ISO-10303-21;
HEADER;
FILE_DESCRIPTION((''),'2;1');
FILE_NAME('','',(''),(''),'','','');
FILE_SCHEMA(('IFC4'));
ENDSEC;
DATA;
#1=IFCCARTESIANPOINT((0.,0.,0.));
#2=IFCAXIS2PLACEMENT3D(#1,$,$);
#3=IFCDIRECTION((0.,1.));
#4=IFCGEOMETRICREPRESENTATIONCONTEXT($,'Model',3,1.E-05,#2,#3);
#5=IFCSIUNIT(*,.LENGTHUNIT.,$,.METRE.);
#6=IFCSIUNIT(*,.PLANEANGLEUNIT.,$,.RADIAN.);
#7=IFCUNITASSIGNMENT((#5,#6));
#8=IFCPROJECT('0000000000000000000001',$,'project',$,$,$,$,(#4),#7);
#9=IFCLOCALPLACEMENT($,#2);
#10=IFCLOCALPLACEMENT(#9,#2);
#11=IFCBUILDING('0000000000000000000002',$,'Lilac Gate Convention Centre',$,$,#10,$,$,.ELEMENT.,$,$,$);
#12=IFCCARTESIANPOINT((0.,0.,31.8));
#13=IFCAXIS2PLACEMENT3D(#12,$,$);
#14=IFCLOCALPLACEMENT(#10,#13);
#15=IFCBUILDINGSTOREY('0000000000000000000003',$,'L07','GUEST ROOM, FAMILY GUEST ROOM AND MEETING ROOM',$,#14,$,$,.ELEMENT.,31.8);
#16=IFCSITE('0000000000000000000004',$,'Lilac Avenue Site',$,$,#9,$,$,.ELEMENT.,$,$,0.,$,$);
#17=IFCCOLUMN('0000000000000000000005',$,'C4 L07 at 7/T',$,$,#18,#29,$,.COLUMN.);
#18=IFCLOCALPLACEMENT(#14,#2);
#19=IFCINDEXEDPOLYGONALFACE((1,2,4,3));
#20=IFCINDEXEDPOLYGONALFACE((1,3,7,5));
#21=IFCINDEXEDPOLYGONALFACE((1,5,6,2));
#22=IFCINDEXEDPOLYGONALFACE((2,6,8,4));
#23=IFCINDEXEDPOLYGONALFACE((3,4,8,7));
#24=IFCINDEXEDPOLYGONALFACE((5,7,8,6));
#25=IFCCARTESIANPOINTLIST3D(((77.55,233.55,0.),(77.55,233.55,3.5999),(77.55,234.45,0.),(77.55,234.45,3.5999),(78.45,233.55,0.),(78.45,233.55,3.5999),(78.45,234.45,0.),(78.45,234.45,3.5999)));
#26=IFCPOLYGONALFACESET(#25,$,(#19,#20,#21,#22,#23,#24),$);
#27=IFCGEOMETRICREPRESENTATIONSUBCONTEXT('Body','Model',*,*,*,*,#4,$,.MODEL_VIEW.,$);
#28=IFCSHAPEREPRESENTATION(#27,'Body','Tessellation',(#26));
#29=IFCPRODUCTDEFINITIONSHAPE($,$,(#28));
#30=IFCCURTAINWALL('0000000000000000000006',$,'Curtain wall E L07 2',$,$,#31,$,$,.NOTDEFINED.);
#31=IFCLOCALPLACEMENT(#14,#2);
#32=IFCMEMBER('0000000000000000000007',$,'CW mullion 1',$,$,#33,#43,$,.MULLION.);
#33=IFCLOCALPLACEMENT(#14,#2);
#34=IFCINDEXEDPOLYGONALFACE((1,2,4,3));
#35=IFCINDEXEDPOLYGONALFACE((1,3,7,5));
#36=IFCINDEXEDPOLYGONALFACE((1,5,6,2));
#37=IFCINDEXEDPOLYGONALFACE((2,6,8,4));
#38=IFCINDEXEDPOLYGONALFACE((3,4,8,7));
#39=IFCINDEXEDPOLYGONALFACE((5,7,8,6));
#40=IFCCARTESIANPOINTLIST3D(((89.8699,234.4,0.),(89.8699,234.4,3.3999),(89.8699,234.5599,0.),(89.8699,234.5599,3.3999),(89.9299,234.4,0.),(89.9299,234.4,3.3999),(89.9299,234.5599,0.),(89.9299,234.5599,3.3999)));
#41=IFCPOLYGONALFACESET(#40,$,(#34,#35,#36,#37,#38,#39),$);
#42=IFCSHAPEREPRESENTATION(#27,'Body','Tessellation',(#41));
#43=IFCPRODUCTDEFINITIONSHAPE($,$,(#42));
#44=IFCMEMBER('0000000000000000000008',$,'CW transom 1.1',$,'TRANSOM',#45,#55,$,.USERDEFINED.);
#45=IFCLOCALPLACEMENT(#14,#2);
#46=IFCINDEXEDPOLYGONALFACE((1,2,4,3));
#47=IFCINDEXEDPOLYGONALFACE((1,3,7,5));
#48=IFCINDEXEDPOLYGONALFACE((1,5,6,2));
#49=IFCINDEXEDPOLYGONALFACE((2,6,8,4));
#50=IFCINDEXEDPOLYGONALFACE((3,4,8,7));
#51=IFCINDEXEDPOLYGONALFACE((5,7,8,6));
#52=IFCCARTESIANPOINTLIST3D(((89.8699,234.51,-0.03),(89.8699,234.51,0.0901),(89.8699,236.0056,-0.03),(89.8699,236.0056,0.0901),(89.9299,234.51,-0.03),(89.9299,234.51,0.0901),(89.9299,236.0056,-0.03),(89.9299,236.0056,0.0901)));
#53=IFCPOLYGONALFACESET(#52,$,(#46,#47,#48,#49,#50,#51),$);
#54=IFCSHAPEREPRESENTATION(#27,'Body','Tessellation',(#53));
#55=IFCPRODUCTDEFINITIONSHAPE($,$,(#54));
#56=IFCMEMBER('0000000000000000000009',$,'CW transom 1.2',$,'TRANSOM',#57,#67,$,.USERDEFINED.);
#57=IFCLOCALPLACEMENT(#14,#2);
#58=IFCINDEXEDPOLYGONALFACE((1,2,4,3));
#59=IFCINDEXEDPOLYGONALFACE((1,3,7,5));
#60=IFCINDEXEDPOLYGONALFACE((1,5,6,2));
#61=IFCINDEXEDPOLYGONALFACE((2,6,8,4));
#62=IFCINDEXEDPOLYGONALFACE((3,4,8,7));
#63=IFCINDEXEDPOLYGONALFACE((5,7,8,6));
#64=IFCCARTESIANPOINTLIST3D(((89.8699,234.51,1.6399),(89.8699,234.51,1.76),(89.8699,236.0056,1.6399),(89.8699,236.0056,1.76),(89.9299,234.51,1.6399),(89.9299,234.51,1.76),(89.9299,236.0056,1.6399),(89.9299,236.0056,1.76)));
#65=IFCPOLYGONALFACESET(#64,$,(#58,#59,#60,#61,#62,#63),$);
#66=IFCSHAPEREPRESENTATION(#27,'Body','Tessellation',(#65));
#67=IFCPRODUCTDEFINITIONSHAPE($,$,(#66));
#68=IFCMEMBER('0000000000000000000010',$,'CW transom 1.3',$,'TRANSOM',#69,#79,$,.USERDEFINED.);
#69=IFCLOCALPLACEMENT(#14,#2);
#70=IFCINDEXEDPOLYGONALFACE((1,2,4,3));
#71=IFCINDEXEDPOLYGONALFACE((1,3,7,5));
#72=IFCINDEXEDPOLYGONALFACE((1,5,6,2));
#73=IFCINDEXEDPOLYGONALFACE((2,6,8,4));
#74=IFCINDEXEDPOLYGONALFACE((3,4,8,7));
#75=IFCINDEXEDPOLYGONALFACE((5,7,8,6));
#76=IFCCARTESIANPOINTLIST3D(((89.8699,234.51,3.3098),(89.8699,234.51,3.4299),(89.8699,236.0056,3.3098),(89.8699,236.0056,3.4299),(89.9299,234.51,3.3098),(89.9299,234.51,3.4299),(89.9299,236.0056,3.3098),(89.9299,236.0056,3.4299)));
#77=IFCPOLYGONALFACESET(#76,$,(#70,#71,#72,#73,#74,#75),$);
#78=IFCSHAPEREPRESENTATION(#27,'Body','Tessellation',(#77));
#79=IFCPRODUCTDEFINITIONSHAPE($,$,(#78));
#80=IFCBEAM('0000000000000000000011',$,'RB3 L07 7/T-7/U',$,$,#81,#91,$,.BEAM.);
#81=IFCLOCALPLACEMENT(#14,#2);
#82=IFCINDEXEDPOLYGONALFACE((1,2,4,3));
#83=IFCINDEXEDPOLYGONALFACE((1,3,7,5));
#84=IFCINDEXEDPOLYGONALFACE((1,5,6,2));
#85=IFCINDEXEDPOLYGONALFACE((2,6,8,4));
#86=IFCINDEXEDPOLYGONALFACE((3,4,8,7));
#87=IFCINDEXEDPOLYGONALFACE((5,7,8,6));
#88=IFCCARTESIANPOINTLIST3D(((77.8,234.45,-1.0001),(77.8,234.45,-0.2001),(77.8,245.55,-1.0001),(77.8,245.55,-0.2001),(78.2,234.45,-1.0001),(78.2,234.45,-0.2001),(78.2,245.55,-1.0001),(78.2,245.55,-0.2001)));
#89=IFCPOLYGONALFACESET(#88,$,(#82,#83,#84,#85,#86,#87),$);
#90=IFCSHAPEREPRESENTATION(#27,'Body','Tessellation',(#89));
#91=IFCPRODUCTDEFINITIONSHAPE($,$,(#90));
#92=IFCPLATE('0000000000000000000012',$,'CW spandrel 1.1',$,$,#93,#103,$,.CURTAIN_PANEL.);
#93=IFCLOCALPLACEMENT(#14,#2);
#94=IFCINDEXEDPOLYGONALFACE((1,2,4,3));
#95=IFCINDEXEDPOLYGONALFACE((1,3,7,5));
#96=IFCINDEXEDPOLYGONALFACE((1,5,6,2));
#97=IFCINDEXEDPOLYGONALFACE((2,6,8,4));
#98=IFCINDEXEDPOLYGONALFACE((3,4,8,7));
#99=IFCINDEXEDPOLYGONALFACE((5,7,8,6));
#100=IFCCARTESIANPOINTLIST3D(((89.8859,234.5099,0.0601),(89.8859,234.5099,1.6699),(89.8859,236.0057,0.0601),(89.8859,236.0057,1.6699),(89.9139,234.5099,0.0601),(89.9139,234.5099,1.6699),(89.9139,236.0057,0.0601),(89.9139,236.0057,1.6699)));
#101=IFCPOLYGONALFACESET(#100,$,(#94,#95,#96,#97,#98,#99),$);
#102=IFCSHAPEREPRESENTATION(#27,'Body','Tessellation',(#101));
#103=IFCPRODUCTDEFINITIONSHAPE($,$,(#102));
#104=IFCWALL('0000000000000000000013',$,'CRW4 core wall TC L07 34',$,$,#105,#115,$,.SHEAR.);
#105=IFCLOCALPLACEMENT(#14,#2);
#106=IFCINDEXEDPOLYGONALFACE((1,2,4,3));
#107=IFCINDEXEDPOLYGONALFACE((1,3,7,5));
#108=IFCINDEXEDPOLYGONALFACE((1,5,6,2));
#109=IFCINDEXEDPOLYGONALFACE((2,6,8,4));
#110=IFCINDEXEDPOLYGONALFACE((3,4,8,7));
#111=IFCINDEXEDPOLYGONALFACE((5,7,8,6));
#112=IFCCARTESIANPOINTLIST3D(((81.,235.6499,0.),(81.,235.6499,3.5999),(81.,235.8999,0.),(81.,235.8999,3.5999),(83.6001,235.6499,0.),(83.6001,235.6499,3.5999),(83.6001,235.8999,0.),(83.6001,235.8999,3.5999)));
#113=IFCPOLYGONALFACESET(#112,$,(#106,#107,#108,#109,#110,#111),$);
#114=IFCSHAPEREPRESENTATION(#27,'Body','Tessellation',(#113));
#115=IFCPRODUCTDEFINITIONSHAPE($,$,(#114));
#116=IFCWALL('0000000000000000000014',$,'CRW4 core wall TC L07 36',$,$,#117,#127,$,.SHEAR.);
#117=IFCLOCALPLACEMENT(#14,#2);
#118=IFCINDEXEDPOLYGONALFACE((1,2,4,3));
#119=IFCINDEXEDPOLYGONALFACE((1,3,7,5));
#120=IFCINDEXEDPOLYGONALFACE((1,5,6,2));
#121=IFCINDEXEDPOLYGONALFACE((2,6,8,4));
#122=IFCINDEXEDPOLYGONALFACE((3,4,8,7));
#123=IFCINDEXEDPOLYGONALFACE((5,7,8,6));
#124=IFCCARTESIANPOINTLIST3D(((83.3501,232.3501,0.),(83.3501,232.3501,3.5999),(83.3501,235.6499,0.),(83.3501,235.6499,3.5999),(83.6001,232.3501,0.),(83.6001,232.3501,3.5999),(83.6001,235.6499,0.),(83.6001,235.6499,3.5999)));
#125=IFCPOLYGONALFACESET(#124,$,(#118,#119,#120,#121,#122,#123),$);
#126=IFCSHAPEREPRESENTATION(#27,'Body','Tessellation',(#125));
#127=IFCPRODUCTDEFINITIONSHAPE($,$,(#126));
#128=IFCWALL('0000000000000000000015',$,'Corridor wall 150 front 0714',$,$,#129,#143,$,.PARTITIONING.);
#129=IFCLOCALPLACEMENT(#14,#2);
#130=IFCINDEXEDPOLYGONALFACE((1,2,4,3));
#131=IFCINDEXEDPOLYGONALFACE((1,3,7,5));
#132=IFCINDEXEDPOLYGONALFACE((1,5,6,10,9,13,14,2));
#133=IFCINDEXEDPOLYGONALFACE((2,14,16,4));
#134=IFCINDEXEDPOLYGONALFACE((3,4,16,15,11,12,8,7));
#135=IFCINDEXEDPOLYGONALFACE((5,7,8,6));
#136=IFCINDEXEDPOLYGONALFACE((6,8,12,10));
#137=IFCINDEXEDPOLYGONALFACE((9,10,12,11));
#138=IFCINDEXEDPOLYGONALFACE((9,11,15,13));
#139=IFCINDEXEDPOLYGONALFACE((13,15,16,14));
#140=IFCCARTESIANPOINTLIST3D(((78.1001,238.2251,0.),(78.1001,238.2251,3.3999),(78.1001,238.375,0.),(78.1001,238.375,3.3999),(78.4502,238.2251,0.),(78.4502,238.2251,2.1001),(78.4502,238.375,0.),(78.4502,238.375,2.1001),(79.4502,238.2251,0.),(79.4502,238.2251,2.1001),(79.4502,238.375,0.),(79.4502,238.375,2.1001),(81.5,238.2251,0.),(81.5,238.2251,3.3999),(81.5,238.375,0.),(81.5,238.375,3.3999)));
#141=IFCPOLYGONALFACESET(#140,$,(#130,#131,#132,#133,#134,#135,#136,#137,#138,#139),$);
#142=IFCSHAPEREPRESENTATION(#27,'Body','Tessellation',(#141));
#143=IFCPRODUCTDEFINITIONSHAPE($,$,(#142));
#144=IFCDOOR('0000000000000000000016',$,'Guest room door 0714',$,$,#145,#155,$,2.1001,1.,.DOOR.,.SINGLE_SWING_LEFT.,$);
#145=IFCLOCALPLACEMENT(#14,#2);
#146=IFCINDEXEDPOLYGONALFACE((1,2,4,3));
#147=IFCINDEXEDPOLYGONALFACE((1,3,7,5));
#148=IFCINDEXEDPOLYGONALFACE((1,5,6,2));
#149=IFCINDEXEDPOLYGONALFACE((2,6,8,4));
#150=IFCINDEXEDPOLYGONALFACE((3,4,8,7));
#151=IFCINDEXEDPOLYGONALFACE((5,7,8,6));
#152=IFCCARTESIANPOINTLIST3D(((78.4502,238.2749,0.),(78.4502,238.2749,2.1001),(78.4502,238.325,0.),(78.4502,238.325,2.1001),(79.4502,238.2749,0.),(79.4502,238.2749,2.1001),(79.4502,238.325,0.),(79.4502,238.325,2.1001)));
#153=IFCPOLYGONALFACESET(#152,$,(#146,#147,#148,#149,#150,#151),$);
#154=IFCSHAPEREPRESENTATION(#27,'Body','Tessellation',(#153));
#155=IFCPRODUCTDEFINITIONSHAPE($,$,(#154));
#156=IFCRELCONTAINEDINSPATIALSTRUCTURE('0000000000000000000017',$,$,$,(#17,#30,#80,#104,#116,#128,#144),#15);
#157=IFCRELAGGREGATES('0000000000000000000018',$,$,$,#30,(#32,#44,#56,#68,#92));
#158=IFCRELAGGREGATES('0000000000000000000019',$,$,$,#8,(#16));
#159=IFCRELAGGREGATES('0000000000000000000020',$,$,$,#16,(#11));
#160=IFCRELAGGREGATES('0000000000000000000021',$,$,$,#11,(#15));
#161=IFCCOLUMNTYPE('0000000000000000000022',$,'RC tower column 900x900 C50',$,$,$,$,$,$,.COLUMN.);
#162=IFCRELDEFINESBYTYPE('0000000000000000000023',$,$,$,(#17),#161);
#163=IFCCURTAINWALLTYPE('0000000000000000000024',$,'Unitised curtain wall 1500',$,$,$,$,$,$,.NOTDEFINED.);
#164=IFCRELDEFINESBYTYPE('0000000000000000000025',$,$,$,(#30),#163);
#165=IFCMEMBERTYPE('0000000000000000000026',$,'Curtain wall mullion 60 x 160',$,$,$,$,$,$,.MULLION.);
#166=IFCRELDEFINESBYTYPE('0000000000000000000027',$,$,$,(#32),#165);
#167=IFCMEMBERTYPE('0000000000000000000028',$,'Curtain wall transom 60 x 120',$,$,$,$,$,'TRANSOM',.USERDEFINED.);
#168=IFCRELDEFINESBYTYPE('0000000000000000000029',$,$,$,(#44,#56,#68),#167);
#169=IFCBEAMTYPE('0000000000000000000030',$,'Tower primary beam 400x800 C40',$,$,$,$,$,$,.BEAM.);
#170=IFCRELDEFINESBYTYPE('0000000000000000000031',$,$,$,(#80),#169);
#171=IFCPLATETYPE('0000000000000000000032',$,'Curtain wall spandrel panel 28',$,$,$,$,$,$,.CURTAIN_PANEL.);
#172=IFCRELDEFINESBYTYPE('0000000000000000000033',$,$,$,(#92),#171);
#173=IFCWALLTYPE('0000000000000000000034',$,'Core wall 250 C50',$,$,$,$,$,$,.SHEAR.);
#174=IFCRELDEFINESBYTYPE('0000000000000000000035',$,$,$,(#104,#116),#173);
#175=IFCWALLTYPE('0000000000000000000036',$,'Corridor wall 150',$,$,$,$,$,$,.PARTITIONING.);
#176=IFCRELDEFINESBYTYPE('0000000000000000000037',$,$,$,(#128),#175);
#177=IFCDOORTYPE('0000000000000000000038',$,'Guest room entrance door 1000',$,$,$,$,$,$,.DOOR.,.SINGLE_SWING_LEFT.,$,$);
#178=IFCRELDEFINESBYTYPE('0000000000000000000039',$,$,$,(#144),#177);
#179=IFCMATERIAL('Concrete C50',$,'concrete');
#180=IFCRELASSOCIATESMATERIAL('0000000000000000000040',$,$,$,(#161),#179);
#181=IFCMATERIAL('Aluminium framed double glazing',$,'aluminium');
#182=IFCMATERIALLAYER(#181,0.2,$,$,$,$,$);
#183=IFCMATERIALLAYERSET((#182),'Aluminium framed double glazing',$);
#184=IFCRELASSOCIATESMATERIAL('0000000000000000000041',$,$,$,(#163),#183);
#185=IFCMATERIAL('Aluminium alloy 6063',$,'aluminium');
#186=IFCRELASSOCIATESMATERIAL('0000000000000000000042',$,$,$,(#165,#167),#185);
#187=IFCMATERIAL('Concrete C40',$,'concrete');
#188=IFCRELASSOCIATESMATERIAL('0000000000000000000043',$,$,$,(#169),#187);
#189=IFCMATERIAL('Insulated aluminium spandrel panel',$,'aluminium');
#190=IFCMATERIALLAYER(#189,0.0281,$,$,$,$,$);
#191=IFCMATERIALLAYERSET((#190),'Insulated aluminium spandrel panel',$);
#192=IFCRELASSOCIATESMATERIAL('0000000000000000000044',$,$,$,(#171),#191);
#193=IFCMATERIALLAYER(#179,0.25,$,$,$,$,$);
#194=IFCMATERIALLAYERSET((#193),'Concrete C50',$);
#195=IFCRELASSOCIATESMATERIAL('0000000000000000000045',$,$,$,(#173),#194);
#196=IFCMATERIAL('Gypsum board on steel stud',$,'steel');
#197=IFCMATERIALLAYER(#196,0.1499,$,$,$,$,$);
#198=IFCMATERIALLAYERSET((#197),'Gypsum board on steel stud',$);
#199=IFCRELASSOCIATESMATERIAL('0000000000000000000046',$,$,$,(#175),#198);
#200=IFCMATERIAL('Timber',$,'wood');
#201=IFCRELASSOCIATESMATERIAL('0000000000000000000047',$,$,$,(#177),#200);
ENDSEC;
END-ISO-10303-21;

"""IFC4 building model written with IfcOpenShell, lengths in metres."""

from ifc_helpers import new_model, si_unit, direction, frame, frame_2d, origin, origin_2d, place, context, subcontext, project, spatial, rectangle, extrude, material, layer, layer_set, material_profile, profile_set, type_object, element, fill, aggregate, save


model = new_model("IFC4")

# Units and contexts
model_context = context("Model", 3, precision=1e-05, world=origin(), true_north=direction((0.0, 1.0)))
body_context = subcontext(model_context, "Body", "Model", "MODEL_VIEW")
ifc_project = project(units=[si_unit("LENGTHUNIT", "METRE"), si_unit("PLANEANGLEUNIT", "RADIAN")], contexts=[model_context])

# Site, building, storey
site_placement = place(None, origin())
site = spatial("IfcSite", under=ifc_project, at=site_placement, Name="Lilac Avenue Site", CompositionType="ELEMENT", RefElevation=0.0)
building_placement = place(site_placement, origin())
building = spatial("IfcBuilding", under=site, at=building_placement, Name="Lilac Gate Convention Centre", CompositionType="ELEMENT")
storey_placement = place(building_placement, frame((0.0, 0.0, 31.8)))
storey = spatial("IfcBuildingStorey", under=building, at=storey_placement, Name="L07", Description="GUEST ROOM, FAMILY GUEST ROOM AND MEETING ROOM", CompositionType="ELEMENT", Elevation=31.8)

# Column
ifc_material_1 = material(Name="Concrete C50", Category="concrete")
ifc_material_profile_1 = material_profile(ifc_material_1, rectangle(XDim=0.8999, YDim=0.8999, at=origin_2d()), Name="RC 900x900")
ifc_profile_set_1 = profile_set([ifc_material_profile_1], Name="Concrete C50")
column_type = type_object("IfcColumnType", Name="RC tower column 900x900 C50", PredefinedType="COLUMN", material=ifc_profile_set_1)
column_placement = place(storey_placement, frame((78.0, 234.0, 0.0), z_axis=(0.0, 0.0, 1.0), x_axis=(1.0, 0.0, 0.0)))
element("IfcColumn", 1, at=column_placement, inside=storey, type_object=column_type, Name="C4 L07 at 7/T", PredefinedType="COLUMN", context=body_context, shape_type="SweptSolid", body=[
    extrude(rectangle(XDim=0.8999, YDim=0.8999, at=origin_2d()), origin(), (0.0, 0.0, 1.0), 3.5999),
])

# Curtain wall, members
ifc_material_2 = material(Name="Aluminium framed double glazing", Category="aluminium")
ifc_layer_1 = layer(ifc_material_2, 0.2)
ifc_layer_set_1 = layer_set([ifc_layer_1], Name="Aluminium framed double glazing")
curtain_wall_type = type_object("IfcCurtainWallType", Name="Unitised curtain wall 1500", PredefinedType="NOTDEFINED", material=ifc_layer_set_1)
curtain_wall_placement = place(storey_placement, origin())
curtain_wall = element("IfcCurtainWall", 2, at=curtain_wall_placement, inside=storey, type_object=curtain_wall_type, Name="Curtain wall E L07 2", PredefinedType="NOTDEFINED")
ifc_material_3 = material(Name="Aluminium alloy 6063", Category="aluminium")
ifc_material_profile_2 = material_profile(ifc_material_3, rectangle(XDim=0.0601, YDim=0.1599, at=origin_2d()), Name="Curtain wall mullion 60 x 160")
ifc_profile_set_2 = profile_set([ifc_material_profile_2], Name="Aluminium alloy 6063")
member_type_1 = type_object("IfcMemberType", Name="Curtain wall mullion 60 x 160", PredefinedType="MULLION", material=ifc_profile_set_2)
member_1_placement = place(storey_placement, frame((89.8999, 234.48, 0.0), z_axis=(0.0, 0.0, 1.0), x_axis=(-1.0, 0.0, 0.0)))
member_1 = element("IfcMember", 3, at=member_1_placement, type_object=member_type_1, Name="CW mullion 1", PredefinedType="MULLION", context=body_context, shape_type="SweptSolid", body=[
    extrude(rectangle(XDim=0.0601, YDim=0.1599, at=origin_2d()), origin(), (0.0, 0.0, 1.0), 3.3999),
])
ifc_material_profile_3 = material_profile(ifc_material_3, rectangle(XDim=0.0601, YDim=0.1201, at=origin_2d()), Name="Curtain wall transom 60 x 120")
ifc_profile_set_3 = profile_set([ifc_material_profile_3], Name="Aluminium alloy 6063")
member_type_2 = type_object("IfcMemberType", Name="Curtain wall transom 60 x 120", ElementType="TRANSOM", PredefinedType="USERDEFINED", material=ifc_profile_set_3)
member_2_placement = place(storey_placement, frame((89.8999, 234.51, 0.03), z_axis=(0.0, 1.0, 0.0), x_axis=(-1.0, 0.0, 0.0)))
member_2 = element("IfcMember", 4, at=member_2_placement, type_object=member_type_2, Name="CW transom 1.1", ObjectType="TRANSOM", PredefinedType="USERDEFINED", context=body_context, shape_type="SweptSolid", body=[
    extrude(rectangle(XDim=0.0601, YDim=0.1201, at=origin_2d()), origin(), (0.0, 0.0, 1.0), 1.4956),
])
member_3_placement = place(storey_placement, frame((89.8999, 234.51, 1.7), z_axis=(0.0, 1.0, 0.0), x_axis=(-1.0, 0.0, 0.0)))
member_3 = element("IfcMember", 5, at=member_3_placement, type_object=member_type_2, Name="CW transom 1.2", ObjectType="TRANSOM", PredefinedType="USERDEFINED", context=body_context, shape_type="SweptSolid", body=[
    extrude(rectangle(XDim=0.0601, YDim=0.1201, at=origin_2d()), origin(), (0.0, 0.0, 1.0), 1.4956),
])
member_4_placement = place(storey_placement, frame((89.8999, 234.51, 3.3699), z_axis=(0.0, 1.0, 0.0), x_axis=(-1.0, 0.0, 0.0)))
member_4 = element("IfcMember", 6, at=member_4_placement, type_object=member_type_2, Name="CW transom 1.3", ObjectType="TRANSOM", PredefinedType="USERDEFINED", context=body_context, shape_type="SweptSolid", body=[
    extrude(rectangle(XDim=0.0601, YDim=0.1201, at=origin_2d()), origin(), (0.0, 0.0, 1.0), 1.4956),
])

# Beam
ifc_material_4 = material(Name="Concrete C40", Category="concrete")
ifc_material_profile_4 = material_profile(ifc_material_4, rectangle(XDim=0.3999, YDim=0.8, at=origin_2d()), Name="RC 400x800")
ifc_profile_set_4 = profile_set([ifc_material_profile_4], Name="Concrete C40")
beam_type = type_object("IfcBeamType", Name="Tower primary beam 400x800 C40", PredefinedType="BEAM", material=ifc_profile_set_4)
beam_placement = place(storey_placement, frame((78.0, 234.45, -0.6001), z_axis=(0.0, 1.0, 0.0), x_axis=(-1.0, 0.0, 0.0)))
element("IfcBeam", 7, at=beam_placement, inside=storey, type_object=beam_type, Name="RB3 L07 7/T-7/U", PredefinedType="BEAM", context=body_context, shape_type="SweptSolid", body=[
    extrude(rectangle(XDim=0.3999, YDim=0.8, at=origin_2d()), origin(), (0.0, 0.0, 1.0), 11.1001),
])

# Plate
ifc_material_5 = material(Name="Insulated aluminium spandrel panel", Category="aluminium")
ifc_layer_2 = layer(ifc_material_5, 0.0281)
ifc_layer_set_2 = layer_set([ifc_layer_2], Name="Insulated aluminium spandrel panel")
plate_type = type_object("IfcPlateType", Name="Curtain wall spandrel panel 28", PredefinedType="CURTAIN_PANEL", material=ifc_layer_set_2)
plate_placement = place(storey_placement, frame((89.8999, 235.2578, 0.0601), z_axis=(0.0, 0.0, 1.0), x_axis=(0.0, 1.0, 0.0)))
plate = element("IfcPlate", 8, at=plate_placement, type_object=plate_type, Name="CW spandrel 1.1", PredefinedType="CURTAIN_PANEL", context=body_context, shape_type="SweptSolid", body=[
    extrude(rectangle(XDim=1.4958, YDim=0.0281, at=origin_2d()), origin(), (0.0, 0.0, 1.0), 1.6099),
])
aggregate(curtain_wall, [member_1, member_2, member_3, member_4, plate])

# Walls
ifc_layer_3 = layer(ifc_material_1, 0.25)
ifc_layer_set_3 = layer_set([ifc_layer_3], Name="Concrete C50")
wall_type_1 = type_object("IfcWallType", Name="Core wall 250 C50", PredefinedType="SHEAR", material=ifc_layer_set_3)
wall_1_placement = place(storey_placement, frame((81.0, 235.7749, 0.0), z_axis=(0.0, 0.0, 1.0), x_axis=(1.0, 0.0, 0.0)))
element("IfcWall", 9, at=wall_1_placement, inside=storey, type_object=wall_type_1, Name="CRW4 core wall TC L07 34", PredefinedType="SHEAR", context=body_context, shape_type="SweptSolid", body=[
    extrude(rectangle(XDim=2.6001, YDim=0.25, at=frame_2d((1.3, 0.0))), origin(), (0.0, 0.0, 1.0), 3.5999),
])
wall_2_placement = place(storey_placement, frame((83.4751, 232.3501, 0.0), z_axis=(0.0, 0.0, 1.0), x_axis=(0.0, 1.0, 0.0)))
element("IfcWall", 10, at=wall_2_placement, inside=storey, type_object=wall_type_1, Name="CRW4 core wall TC L07 36", PredefinedType="SHEAR", context=body_context, shape_type="SweptSolid", body=[
    extrude(rectangle(XDim=3.2998, YDim=0.25, at=frame_2d((1.6499, 0.0))), origin(), (0.0, 0.0, 1.0), 3.5999),
])

# Wall, opening, door
ifc_material_6 = material(Name="Gypsum board on steel stud", Category="steel")
ifc_layer_4 = layer(ifc_material_6, 0.1499)
ifc_layer_set_4 = layer_set([ifc_layer_4], Name="Gypsum board on steel stud")
wall_type_2 = type_object("IfcWallType", Name="Corridor wall 150", PredefinedType="PARTITIONING", material=ifc_layer_set_4)
wall_3_placement = place(storey_placement, frame((78.1001, 238.3, 0.0), z_axis=(0.0, 0.0, 1.0), x_axis=(1.0, 0.0, 0.0)))
wall_3 = element("IfcWall", 11, at=wall_3_placement, inside=storey, type_object=wall_type_2, Name="Corridor wall 150 front 0714", PredefinedType="PARTITIONING", context=body_context, shape_type="SweptSolid", body=[
    extrude(rectangle(XDim=3.3999, YDim=0.1499, at=frame_2d((1.7, 0.0))), origin(), (0.0, 0.0, 1.0), 3.3999),
])
opening_1_placement = place(wall_3_placement, frame((0.3501, 0.0, 0.0)))
opening_1 = element("IfcOpeningElement", 12, at=opening_1_placement, cuts=wall_3, PredefinedType="OPENING", context=body_context, shape_type="SweptSolid", body=[
    extrude(rectangle(XDim=1.0, YDim=2.1001, at=frame_2d((0.5, 1.05))), frame((0.0, 0.085, 0.0), z_axis=(0.0, -1.0, 0.0), x_axis=(1.0, 0.0, 0.0)), (0.0, 0.0, 1.0), 0.1699),
])
ifc_material_7 = material(Name="Timber", Category="wood")
door_type_1 = type_object("IfcDoorType", Name="Guest room entrance door 1000", OperationType="SINGLE_SWING_LEFT", PredefinedType="DOOR", material=ifc_material_7)
door_1_placement = place(opening_1_placement, origin())
door_1 = element("IfcDoor", 13, at=door_1_placement, inside=storey, type_object=door_type_1, Name="Guest room door 0714", OperationType="SINGLE_SWING_LEFT", OverallHeight=2.1001, OverallWidth=1.0, PredefinedType="DOOR", context=body_context, shape_type="SweptSolid", body=[
    extrude(rectangle(XDim=1.0, YDim=2.1001, at=frame_2d((0.5, 1.05))), frame((0.0, 0.0249, 0.0), z_axis=(0.0, -1.0, 0.0), x_axis=(1.0, 0.0, 0.0)), (0.0, 0.0, 1.0), 0.05),
])
fill(opening_1, door_1)

save(model, "model.ifc")
